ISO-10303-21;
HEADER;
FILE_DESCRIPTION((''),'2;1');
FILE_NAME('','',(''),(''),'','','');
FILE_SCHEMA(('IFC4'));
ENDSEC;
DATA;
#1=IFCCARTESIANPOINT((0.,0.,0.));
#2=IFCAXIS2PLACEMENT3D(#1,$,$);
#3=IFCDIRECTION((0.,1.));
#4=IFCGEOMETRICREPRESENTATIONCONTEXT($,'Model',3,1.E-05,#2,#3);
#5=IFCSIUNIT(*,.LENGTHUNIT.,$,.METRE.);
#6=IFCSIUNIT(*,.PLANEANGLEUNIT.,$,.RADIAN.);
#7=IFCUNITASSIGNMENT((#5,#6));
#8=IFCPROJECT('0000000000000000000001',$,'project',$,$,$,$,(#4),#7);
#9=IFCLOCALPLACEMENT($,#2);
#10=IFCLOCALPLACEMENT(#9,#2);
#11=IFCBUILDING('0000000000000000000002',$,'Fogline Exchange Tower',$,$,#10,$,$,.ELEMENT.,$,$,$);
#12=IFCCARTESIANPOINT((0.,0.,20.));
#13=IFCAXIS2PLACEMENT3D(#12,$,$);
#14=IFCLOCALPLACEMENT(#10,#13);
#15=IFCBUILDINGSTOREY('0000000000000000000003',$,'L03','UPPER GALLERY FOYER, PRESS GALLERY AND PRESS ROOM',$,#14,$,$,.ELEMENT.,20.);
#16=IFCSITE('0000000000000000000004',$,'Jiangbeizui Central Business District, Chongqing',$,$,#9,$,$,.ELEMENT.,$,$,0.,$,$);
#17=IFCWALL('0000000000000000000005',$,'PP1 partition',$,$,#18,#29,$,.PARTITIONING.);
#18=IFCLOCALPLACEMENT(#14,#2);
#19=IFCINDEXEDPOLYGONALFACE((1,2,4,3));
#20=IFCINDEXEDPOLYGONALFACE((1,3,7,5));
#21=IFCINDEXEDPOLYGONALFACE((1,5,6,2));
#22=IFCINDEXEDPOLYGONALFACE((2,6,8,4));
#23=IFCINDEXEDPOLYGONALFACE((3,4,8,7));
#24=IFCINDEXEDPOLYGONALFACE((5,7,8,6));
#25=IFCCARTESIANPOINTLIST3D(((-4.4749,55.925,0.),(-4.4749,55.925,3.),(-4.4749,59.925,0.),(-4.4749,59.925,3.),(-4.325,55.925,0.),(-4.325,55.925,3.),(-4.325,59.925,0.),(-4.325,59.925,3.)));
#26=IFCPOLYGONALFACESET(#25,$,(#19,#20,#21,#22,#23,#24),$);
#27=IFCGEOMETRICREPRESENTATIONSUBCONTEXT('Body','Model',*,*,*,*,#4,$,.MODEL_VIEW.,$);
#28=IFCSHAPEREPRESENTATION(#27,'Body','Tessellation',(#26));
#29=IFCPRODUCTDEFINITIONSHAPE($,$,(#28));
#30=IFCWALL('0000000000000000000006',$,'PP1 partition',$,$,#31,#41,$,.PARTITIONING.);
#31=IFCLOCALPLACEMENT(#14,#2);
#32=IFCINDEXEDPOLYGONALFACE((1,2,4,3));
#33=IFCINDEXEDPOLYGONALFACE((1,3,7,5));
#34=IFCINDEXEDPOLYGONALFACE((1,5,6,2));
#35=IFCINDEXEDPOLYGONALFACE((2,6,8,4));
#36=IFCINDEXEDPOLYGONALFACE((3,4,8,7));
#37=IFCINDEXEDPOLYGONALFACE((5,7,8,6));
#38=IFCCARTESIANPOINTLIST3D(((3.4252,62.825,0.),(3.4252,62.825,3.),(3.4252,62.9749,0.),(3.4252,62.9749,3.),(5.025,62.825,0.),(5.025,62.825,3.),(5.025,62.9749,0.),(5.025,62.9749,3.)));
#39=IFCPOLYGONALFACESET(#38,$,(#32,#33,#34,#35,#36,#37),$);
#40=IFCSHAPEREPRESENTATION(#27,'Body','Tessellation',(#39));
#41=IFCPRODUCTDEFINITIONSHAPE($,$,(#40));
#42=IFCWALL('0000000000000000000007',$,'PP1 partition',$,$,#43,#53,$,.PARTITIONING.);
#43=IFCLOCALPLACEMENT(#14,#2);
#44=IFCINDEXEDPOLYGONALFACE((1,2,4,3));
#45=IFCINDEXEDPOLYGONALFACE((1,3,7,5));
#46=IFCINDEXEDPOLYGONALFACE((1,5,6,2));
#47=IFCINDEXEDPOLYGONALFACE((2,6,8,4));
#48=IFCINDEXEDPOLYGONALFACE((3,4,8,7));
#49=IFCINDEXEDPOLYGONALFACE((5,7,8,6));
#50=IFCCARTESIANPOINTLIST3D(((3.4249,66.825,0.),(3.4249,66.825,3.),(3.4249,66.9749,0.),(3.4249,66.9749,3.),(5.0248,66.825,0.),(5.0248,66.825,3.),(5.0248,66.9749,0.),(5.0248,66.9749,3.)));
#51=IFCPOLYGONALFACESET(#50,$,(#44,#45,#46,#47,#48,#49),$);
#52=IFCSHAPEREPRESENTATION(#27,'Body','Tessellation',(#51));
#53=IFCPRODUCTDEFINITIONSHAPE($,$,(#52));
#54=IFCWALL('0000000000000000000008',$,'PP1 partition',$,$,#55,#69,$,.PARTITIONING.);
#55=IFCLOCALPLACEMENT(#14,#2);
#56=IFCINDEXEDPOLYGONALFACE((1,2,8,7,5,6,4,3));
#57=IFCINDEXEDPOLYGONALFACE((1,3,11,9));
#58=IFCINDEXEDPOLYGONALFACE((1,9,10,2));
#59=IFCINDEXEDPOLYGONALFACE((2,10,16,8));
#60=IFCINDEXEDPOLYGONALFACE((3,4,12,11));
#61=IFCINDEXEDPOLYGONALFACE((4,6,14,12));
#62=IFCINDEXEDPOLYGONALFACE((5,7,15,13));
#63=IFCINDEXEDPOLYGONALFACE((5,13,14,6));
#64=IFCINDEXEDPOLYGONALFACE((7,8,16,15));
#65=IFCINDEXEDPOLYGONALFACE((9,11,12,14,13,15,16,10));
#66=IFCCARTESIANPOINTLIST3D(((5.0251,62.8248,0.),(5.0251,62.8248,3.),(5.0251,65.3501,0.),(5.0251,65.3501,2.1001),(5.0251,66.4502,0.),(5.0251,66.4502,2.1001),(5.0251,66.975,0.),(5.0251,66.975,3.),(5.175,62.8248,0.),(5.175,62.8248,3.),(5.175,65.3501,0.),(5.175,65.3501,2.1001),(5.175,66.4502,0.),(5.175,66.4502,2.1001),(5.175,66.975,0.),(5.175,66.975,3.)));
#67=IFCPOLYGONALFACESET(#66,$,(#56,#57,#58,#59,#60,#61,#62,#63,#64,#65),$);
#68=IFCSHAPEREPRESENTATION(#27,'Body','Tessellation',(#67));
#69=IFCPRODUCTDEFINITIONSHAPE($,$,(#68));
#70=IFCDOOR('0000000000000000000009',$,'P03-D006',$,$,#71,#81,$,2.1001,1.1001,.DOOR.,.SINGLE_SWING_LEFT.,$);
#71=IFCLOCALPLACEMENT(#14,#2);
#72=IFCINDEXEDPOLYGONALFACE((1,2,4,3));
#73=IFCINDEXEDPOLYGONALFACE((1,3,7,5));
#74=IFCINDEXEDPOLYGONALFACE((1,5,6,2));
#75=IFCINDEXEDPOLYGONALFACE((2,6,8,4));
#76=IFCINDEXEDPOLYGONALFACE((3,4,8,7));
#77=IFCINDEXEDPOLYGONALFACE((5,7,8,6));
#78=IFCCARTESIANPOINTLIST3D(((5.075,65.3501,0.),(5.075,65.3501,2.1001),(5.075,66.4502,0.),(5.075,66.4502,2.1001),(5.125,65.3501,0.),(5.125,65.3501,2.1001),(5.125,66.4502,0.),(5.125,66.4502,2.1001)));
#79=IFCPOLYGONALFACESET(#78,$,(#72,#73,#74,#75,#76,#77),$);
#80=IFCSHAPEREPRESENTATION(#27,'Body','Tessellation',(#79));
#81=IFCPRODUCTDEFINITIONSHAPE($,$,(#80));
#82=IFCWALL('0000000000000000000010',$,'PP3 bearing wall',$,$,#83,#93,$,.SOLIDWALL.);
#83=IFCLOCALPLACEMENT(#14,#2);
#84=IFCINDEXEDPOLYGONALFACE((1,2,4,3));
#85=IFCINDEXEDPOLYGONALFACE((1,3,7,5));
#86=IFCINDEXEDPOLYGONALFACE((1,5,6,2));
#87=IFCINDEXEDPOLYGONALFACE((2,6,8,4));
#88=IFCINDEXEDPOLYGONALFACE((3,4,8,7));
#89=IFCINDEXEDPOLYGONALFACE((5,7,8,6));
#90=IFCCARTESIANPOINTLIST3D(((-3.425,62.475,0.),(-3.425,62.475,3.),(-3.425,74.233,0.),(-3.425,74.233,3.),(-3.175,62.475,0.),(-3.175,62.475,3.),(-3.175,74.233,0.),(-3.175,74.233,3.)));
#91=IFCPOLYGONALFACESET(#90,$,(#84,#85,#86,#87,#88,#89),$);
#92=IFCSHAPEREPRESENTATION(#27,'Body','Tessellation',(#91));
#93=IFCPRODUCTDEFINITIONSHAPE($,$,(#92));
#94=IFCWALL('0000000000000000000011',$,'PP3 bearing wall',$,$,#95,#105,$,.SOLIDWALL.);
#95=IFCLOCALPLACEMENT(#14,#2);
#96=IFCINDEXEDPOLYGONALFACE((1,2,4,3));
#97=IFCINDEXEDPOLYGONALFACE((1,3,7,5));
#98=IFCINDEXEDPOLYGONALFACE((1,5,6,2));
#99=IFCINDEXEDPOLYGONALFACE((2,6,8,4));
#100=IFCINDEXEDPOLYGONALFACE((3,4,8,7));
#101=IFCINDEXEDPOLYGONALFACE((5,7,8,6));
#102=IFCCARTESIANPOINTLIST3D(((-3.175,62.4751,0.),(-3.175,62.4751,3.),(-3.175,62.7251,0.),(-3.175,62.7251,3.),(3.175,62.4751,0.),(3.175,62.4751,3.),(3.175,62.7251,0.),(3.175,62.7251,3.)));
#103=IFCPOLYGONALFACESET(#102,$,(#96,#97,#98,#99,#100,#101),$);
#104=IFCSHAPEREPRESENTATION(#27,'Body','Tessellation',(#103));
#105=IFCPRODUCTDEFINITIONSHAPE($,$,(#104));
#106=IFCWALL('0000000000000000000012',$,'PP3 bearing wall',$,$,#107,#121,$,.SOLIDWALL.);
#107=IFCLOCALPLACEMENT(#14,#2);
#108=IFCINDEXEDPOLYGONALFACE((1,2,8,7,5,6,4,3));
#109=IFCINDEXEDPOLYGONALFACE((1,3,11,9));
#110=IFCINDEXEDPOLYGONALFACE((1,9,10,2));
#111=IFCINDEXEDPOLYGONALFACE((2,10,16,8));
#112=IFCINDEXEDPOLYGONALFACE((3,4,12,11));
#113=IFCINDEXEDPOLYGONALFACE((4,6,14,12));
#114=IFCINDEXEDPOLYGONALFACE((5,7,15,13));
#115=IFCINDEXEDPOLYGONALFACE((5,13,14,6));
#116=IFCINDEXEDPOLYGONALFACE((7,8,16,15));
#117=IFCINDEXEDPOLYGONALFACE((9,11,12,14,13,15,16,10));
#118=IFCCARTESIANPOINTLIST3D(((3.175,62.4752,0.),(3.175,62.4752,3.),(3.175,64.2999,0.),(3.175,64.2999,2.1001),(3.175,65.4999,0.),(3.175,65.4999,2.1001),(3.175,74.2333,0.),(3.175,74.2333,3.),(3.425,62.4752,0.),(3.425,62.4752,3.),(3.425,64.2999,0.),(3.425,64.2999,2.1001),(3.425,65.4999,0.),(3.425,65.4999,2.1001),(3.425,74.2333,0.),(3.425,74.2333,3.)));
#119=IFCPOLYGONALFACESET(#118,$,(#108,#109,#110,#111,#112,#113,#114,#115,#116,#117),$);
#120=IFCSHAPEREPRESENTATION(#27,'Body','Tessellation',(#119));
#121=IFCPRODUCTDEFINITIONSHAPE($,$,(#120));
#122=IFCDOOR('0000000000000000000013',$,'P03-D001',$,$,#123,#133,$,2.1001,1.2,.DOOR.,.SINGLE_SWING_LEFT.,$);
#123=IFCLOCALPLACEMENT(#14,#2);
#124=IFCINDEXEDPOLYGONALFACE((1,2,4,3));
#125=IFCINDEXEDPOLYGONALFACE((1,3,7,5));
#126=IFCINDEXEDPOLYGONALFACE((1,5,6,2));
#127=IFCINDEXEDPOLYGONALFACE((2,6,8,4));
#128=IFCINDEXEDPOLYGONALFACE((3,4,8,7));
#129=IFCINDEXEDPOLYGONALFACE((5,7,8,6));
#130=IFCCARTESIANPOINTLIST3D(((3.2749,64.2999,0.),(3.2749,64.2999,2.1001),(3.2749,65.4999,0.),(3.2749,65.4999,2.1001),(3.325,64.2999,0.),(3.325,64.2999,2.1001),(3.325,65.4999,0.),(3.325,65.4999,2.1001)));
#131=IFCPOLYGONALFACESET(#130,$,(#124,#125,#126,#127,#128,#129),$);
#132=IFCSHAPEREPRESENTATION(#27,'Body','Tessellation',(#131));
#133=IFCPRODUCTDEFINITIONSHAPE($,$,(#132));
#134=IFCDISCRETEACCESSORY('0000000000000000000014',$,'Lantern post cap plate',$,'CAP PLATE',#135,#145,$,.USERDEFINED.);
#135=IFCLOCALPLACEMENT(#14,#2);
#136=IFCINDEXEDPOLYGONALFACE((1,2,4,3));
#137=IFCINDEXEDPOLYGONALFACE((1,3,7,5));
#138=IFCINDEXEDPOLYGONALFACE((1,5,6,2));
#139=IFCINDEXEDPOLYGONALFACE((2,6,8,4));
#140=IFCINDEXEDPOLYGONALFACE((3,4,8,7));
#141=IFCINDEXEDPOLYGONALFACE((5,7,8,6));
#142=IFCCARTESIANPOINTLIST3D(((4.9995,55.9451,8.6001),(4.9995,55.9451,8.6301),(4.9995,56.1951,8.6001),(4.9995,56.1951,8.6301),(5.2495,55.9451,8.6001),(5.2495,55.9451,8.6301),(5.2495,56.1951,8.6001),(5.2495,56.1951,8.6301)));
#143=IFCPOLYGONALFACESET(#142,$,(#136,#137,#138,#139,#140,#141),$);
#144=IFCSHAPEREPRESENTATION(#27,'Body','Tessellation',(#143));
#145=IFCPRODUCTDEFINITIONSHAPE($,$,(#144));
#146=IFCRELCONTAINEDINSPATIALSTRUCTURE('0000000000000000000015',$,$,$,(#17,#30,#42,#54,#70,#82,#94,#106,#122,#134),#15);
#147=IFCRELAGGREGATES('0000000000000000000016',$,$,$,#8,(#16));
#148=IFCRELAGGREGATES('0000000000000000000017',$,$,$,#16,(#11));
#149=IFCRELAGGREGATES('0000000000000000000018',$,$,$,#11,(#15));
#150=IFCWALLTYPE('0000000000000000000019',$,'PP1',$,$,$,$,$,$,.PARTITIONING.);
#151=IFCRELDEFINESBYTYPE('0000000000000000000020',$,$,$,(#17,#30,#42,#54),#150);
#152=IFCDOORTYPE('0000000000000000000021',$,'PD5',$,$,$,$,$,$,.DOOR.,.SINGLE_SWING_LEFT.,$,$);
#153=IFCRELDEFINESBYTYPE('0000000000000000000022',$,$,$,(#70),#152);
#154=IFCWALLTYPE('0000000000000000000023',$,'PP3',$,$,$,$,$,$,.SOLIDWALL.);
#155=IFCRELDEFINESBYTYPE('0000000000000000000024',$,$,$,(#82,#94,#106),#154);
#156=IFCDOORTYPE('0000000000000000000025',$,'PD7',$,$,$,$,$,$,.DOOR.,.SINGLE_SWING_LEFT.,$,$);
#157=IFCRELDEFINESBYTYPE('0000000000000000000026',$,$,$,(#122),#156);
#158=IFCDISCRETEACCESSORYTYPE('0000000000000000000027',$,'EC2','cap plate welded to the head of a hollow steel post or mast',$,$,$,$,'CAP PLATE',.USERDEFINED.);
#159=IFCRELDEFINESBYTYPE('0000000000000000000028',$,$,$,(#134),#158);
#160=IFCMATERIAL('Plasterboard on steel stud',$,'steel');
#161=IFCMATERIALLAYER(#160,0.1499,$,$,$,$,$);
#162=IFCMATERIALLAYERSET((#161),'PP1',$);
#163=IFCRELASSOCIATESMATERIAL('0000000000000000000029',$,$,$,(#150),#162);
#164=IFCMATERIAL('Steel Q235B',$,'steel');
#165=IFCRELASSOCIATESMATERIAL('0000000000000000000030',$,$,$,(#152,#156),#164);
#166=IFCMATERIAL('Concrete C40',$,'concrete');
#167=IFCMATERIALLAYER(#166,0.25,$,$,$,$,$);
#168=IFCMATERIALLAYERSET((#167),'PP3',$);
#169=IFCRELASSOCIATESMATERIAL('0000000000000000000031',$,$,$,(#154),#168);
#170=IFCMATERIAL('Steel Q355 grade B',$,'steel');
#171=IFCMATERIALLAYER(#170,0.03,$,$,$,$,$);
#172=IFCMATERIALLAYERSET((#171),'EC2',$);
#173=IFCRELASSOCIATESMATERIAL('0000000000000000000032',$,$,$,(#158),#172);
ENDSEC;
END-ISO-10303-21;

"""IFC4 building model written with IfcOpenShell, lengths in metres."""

from ifc_helpers import new_model, si_unit, direction, frame, frame_2d, origin, origin_2d, place, context, subcontext, project, spatial, rectangle, extrude, material, layer, layer_set, type_object, element, fill, save


model = new_model("IFC4")

# Units and contexts
model_context = context("Model", 3, precision=1e-05, world=origin(), true_north=direction((0.0, 1.0)))
body_context = subcontext(model_context, "Body", "Model", "MODEL_VIEW")
ifc_project = project(units=[si_unit("LENGTHUNIT", "METRE"), si_unit("PLANEANGLEUNIT", "RADIAN")], contexts=[model_context])

# Site, building, storey
site_placement = place(None, origin())
site = spatial("IfcSite", under=ifc_project, at=site_placement, Name="Jiangbeizui Central Business District, Chongqing", CompositionType="ELEMENT", RefElevation=0.0)
building_placement = place(site_placement, origin())
building = spatial("IfcBuilding", under=site, at=building_placement, Name="Fogline Exchange Tower", CompositionType="ELEMENT")
storey_placement = place(building_placement, frame((0.0, 0.0, 20.0)))
storey = spatial("IfcBuildingStorey", under=building, at=storey_placement, Name="L03", Description="UPPER GALLERY FOYER, PRESS GALLERY AND PRESS ROOM", CompositionType="ELEMENT", Elevation=20.0)

# Shared definitions
ifc_material_1 = material(Name="Steel Q355 grade B", Category="steel")

# Shared definitions
ifc_material_2 = material(Name="Concrete C40", Category="concrete")

# Wall
ifc_material_3 = material(Name="Plasterboard on steel stud", Category="steel")
ifc_layer_1 = layer(ifc_material_3, 0.1499)
ifc_layer_set_1 = layer_set([ifc_layer_1], Name="PP1")
wall_type_1 = type_object("IfcWallType", Name="PP1", PredefinedType="PARTITIONING", material=ifc_layer_set_1)
wall_1_placement = place(storey_placement, frame((-4.3999, 59.925, 0.0), z_axis=(0.0, 0.0, 1.0), x_axis=(0.0, -1.0, 0.0)))
element("IfcWall", 1, at=wall_1_placement, inside=storey, type_object=wall_type_1, Name="PP1 partition", PredefinedType="PARTITIONING", context=body_context, shape_type="SweptSolid", body=[
    extrude(rectangle(XDim=4.0, YDim=0.1499, at=frame_2d((2.0, 0.0))), origin(), (0.0, 0.0, 1.0), 3.0),
])

# Shared definitions
ifc_material_4 = material(Name="Steel Q235B", Category="steel")

# Walls
for number, where, z_axis, x_axis, name in (
    (2, (5.0249, 62.8999, 0.0), (0.0, 0.0, 1.0), (-1.0, 0.0, 0.0), "PP1 partition"),
    (3, (3.425, 66.8999, 0.0), (0.0, 0.0, 1.0), (1.0, 0.0, 0.0), "PP1 partition"),
):
    element("IfcWall", number, at=place(storey_placement, frame(where, z_axis=z_axis, x_axis=x_axis)), inside=storey, type_object=wall_type_1, Name=name, PredefinedType="PARTITIONING", context=body_context, shape_type="SweptSolid", body=[
        extrude(rectangle(XDim=1.5999, YDim=0.1499, at=frame_2d((0.7998, 0.0))), origin(), (0.0, 0.0, 1.0), 3.0),
    ])

# Wall, opening, door
wall_2_placement = place(storey_placement, frame((5.1001, 66.9751, 0.0), z_axis=(0.0, 0.0, 1.0), x_axis=(0.0, -1.0, 0.0)))
wall_2 = element("IfcWall", 4, at=wall_2_placement, inside=storey, type_object=wall_type_1, Name="PP1 partition", PredefinedType="PARTITIONING", context=body_context, shape_type="SweptSolid", body=[
    extrude(rectangle(XDim=4.1501, YDim=0.1499, at=frame_2d((2.0752, 0.0))), origin(), (0.0, 0.0, 1.0), 3.0),
])
opening_1_placement = place(wall_2_placement, frame((0.5249, 0.0, 0.0)))
opening_1 = element("IfcOpeningElement", 5, at=opening_1_placement, cuts=wall_2, PredefinedType="OPENING", context=body_context, shape_type="SweptSolid", body=[
    extrude(rectangle(XDim=1.1001, YDim=2.1001, at=frame_2d((0.55, 1.05))), frame((0.0, 0.085, 0.0), z_axis=(0.0, -1.0, 0.0), x_axis=(1.0, 0.0, 0.0)), (0.0, 0.0, 1.0), 0.1699),
])
door_type_1 = type_object("IfcDoorType", Name="PD5", OperationType="SINGLE_SWING_LEFT", PredefinedType="DOOR", material=ifc_material_4)
door_1_placement = place(opening_1_placement, origin())
door_1 = element("IfcDoor", 6, at=door_1_placement, inside=storey, type_object=door_type_1, Name="P03-D006", OperationType="SINGLE_SWING_LEFT", OverallHeight=2.1001, OverallWidth=1.1001, PredefinedType="DOOR", context=body_context, shape_type="SweptSolid", body=[
    extrude(rectangle(XDim=1.1001, YDim=2.1001, at=frame_2d((0.55, 1.05))), frame((0.0, 0.0249, 0.0), z_axis=(0.0, -1.0, 0.0), x_axis=(1.0, 0.0, 0.0)), (0.0, 0.0, 1.0), 0.05),
])
fill(opening_1, door_1)

# Walls
ifc_layer_2 = layer(ifc_material_2, 0.25)
ifc_layer_set_2 = layer_set([ifc_layer_2], Name="PP3")
wall_type_2 = type_object("IfcWallType", Name="PP3", PredefinedType="SOLIDWALL", material=ifc_layer_set_2)
wall_3_placement = place(storey_placement, frame((-3.3, 62.4751, 0.0), z_axis=(0.0, 0.0, 1.0), x_axis=(0.0, 1.0, 0.0)))
element("IfcWall", 7, at=wall_3_placement, inside=storey, type_object=wall_type_2, Name="PP3 bearing wall", PredefinedType="SOLIDWALL", context=body_context, shape_type="SweptSolid", body=[
    extrude(rectangle(XDim=11.7581, YDim=0.25, at=frame_2d((5.8789, 0.0))), origin(), (0.0, 0.0, 1.0), 3.0),
])
wall_4_placement = place(storey_placement, frame((3.175, 62.6001, 0.0), z_axis=(0.0, 0.0, 1.0), x_axis=(-1.0, 0.0, 0.0)))
element("IfcWall", 8, at=wall_4_placement, inside=storey, type_object=wall_type_2, Name="PP3 bearing wall", PredefinedType="SOLIDWALL", context=body_context, shape_type="SweptSolid", body=[
    extrude(rectangle(XDim=6.3501, YDim=0.25, at=frame_2d((3.175, 0.0))), origin(), (0.0, 0.0, 1.0), 3.0),
])

# Wall, opening, door
wall_5_placement = place(storey_placement, frame((3.3, 74.2332, 0.0), z_axis=(0.0, 0.0, 1.0), x_axis=(0.0, -1.0, 0.0)))
wall_5 = element("IfcWall", 9, at=wall_5_placement, inside=storey, type_object=wall_type_2, Name="PP3 bearing wall", PredefinedType="SOLIDWALL", context=body_context, shape_type="SweptSolid", body=[
    extrude(rectangle(XDim=11.7581, YDim=0.25, at=frame_2d((5.8789, 0.0))), origin(), (0.0, 0.0, 1.0), 3.0),
])
opening_2_placement = place(wall_5_placement, frame((8.7332, 0.0, 0.0)))
opening_2 = element("IfcOpeningElement", 10, at=opening_2_placement, cuts=wall_5, PredefinedType="OPENING", context=body_context, shape_type="SweptSolid", body=[
    extrude(rectangle(XDim=1.2, YDim=2.1001, at=frame_2d((0.6001, 1.05))), frame((0.0, 0.135, 0.0), z_axis=(0.0, -1.0, 0.0), x_axis=(1.0, 0.0, 0.0)), (0.0, 0.0, 1.0), 0.27),
])
door_type_2 = type_object("IfcDoorType", Name="PD7", OperationType="SINGLE_SWING_LEFT", PredefinedType="DOOR", material=ifc_material_4)
door_2_placement = place(opening_2_placement, origin())
door_2 = element("IfcDoor", 11, at=door_2_placement, inside=storey, type_object=door_type_2, Name="P03-D001", OperationType="SINGLE_SWING_LEFT", OverallHeight=2.1001, OverallWidth=1.2, PredefinedType="DOOR", context=body_context, shape_type="SweptSolid", body=[
    extrude(rectangle(XDim=1.2, YDim=2.1001, at=frame_2d((0.6001, 1.05))), frame((0.0, 0.0249, 0.0), z_axis=(0.0, -1.0, 0.0), x_axis=(1.0, 0.0, 0.0)), (0.0, 0.0, 1.0), 0.05),
])
fill(opening_2, door_2)

# Discrete accessory
ifc_layer_3 = layer(ifc_material_1, 0.03)
ifc_layer_set_3 = layer_set([ifc_layer_3], Name="EC2")
discrete_accessory_type = type_object("IfcDiscreteAccessoryType", Name="EC2", Description="cap plate welded to the head of a hollow steel post or mast", ElementType="CAP PLATE", PredefinedType="USERDEFINED", material=ifc_layer_set_3)
discrete_accessory_placement = place(storey_placement, frame((5.1245, 56.0701, 8.6001), z_axis=(0.0, 0.0, 1.0), x_axis=(1.0, 0.0, 0.0)))
element("IfcDiscreteAccessory", 12, at=discrete_accessory_placement, inside=storey, type_object=discrete_accessory_type, Name="Lantern post cap plate", ObjectType="CAP PLATE", PredefinedType="USERDEFINED", context=body_context, shape_type="SweptSolid", body=[
    extrude(rectangle(XDim=0.25, YDim=0.25, at=origin_2d()), origin(), (0.0, 0.0, 1.0), 0.03),
])

save(model, "model.ifc")
